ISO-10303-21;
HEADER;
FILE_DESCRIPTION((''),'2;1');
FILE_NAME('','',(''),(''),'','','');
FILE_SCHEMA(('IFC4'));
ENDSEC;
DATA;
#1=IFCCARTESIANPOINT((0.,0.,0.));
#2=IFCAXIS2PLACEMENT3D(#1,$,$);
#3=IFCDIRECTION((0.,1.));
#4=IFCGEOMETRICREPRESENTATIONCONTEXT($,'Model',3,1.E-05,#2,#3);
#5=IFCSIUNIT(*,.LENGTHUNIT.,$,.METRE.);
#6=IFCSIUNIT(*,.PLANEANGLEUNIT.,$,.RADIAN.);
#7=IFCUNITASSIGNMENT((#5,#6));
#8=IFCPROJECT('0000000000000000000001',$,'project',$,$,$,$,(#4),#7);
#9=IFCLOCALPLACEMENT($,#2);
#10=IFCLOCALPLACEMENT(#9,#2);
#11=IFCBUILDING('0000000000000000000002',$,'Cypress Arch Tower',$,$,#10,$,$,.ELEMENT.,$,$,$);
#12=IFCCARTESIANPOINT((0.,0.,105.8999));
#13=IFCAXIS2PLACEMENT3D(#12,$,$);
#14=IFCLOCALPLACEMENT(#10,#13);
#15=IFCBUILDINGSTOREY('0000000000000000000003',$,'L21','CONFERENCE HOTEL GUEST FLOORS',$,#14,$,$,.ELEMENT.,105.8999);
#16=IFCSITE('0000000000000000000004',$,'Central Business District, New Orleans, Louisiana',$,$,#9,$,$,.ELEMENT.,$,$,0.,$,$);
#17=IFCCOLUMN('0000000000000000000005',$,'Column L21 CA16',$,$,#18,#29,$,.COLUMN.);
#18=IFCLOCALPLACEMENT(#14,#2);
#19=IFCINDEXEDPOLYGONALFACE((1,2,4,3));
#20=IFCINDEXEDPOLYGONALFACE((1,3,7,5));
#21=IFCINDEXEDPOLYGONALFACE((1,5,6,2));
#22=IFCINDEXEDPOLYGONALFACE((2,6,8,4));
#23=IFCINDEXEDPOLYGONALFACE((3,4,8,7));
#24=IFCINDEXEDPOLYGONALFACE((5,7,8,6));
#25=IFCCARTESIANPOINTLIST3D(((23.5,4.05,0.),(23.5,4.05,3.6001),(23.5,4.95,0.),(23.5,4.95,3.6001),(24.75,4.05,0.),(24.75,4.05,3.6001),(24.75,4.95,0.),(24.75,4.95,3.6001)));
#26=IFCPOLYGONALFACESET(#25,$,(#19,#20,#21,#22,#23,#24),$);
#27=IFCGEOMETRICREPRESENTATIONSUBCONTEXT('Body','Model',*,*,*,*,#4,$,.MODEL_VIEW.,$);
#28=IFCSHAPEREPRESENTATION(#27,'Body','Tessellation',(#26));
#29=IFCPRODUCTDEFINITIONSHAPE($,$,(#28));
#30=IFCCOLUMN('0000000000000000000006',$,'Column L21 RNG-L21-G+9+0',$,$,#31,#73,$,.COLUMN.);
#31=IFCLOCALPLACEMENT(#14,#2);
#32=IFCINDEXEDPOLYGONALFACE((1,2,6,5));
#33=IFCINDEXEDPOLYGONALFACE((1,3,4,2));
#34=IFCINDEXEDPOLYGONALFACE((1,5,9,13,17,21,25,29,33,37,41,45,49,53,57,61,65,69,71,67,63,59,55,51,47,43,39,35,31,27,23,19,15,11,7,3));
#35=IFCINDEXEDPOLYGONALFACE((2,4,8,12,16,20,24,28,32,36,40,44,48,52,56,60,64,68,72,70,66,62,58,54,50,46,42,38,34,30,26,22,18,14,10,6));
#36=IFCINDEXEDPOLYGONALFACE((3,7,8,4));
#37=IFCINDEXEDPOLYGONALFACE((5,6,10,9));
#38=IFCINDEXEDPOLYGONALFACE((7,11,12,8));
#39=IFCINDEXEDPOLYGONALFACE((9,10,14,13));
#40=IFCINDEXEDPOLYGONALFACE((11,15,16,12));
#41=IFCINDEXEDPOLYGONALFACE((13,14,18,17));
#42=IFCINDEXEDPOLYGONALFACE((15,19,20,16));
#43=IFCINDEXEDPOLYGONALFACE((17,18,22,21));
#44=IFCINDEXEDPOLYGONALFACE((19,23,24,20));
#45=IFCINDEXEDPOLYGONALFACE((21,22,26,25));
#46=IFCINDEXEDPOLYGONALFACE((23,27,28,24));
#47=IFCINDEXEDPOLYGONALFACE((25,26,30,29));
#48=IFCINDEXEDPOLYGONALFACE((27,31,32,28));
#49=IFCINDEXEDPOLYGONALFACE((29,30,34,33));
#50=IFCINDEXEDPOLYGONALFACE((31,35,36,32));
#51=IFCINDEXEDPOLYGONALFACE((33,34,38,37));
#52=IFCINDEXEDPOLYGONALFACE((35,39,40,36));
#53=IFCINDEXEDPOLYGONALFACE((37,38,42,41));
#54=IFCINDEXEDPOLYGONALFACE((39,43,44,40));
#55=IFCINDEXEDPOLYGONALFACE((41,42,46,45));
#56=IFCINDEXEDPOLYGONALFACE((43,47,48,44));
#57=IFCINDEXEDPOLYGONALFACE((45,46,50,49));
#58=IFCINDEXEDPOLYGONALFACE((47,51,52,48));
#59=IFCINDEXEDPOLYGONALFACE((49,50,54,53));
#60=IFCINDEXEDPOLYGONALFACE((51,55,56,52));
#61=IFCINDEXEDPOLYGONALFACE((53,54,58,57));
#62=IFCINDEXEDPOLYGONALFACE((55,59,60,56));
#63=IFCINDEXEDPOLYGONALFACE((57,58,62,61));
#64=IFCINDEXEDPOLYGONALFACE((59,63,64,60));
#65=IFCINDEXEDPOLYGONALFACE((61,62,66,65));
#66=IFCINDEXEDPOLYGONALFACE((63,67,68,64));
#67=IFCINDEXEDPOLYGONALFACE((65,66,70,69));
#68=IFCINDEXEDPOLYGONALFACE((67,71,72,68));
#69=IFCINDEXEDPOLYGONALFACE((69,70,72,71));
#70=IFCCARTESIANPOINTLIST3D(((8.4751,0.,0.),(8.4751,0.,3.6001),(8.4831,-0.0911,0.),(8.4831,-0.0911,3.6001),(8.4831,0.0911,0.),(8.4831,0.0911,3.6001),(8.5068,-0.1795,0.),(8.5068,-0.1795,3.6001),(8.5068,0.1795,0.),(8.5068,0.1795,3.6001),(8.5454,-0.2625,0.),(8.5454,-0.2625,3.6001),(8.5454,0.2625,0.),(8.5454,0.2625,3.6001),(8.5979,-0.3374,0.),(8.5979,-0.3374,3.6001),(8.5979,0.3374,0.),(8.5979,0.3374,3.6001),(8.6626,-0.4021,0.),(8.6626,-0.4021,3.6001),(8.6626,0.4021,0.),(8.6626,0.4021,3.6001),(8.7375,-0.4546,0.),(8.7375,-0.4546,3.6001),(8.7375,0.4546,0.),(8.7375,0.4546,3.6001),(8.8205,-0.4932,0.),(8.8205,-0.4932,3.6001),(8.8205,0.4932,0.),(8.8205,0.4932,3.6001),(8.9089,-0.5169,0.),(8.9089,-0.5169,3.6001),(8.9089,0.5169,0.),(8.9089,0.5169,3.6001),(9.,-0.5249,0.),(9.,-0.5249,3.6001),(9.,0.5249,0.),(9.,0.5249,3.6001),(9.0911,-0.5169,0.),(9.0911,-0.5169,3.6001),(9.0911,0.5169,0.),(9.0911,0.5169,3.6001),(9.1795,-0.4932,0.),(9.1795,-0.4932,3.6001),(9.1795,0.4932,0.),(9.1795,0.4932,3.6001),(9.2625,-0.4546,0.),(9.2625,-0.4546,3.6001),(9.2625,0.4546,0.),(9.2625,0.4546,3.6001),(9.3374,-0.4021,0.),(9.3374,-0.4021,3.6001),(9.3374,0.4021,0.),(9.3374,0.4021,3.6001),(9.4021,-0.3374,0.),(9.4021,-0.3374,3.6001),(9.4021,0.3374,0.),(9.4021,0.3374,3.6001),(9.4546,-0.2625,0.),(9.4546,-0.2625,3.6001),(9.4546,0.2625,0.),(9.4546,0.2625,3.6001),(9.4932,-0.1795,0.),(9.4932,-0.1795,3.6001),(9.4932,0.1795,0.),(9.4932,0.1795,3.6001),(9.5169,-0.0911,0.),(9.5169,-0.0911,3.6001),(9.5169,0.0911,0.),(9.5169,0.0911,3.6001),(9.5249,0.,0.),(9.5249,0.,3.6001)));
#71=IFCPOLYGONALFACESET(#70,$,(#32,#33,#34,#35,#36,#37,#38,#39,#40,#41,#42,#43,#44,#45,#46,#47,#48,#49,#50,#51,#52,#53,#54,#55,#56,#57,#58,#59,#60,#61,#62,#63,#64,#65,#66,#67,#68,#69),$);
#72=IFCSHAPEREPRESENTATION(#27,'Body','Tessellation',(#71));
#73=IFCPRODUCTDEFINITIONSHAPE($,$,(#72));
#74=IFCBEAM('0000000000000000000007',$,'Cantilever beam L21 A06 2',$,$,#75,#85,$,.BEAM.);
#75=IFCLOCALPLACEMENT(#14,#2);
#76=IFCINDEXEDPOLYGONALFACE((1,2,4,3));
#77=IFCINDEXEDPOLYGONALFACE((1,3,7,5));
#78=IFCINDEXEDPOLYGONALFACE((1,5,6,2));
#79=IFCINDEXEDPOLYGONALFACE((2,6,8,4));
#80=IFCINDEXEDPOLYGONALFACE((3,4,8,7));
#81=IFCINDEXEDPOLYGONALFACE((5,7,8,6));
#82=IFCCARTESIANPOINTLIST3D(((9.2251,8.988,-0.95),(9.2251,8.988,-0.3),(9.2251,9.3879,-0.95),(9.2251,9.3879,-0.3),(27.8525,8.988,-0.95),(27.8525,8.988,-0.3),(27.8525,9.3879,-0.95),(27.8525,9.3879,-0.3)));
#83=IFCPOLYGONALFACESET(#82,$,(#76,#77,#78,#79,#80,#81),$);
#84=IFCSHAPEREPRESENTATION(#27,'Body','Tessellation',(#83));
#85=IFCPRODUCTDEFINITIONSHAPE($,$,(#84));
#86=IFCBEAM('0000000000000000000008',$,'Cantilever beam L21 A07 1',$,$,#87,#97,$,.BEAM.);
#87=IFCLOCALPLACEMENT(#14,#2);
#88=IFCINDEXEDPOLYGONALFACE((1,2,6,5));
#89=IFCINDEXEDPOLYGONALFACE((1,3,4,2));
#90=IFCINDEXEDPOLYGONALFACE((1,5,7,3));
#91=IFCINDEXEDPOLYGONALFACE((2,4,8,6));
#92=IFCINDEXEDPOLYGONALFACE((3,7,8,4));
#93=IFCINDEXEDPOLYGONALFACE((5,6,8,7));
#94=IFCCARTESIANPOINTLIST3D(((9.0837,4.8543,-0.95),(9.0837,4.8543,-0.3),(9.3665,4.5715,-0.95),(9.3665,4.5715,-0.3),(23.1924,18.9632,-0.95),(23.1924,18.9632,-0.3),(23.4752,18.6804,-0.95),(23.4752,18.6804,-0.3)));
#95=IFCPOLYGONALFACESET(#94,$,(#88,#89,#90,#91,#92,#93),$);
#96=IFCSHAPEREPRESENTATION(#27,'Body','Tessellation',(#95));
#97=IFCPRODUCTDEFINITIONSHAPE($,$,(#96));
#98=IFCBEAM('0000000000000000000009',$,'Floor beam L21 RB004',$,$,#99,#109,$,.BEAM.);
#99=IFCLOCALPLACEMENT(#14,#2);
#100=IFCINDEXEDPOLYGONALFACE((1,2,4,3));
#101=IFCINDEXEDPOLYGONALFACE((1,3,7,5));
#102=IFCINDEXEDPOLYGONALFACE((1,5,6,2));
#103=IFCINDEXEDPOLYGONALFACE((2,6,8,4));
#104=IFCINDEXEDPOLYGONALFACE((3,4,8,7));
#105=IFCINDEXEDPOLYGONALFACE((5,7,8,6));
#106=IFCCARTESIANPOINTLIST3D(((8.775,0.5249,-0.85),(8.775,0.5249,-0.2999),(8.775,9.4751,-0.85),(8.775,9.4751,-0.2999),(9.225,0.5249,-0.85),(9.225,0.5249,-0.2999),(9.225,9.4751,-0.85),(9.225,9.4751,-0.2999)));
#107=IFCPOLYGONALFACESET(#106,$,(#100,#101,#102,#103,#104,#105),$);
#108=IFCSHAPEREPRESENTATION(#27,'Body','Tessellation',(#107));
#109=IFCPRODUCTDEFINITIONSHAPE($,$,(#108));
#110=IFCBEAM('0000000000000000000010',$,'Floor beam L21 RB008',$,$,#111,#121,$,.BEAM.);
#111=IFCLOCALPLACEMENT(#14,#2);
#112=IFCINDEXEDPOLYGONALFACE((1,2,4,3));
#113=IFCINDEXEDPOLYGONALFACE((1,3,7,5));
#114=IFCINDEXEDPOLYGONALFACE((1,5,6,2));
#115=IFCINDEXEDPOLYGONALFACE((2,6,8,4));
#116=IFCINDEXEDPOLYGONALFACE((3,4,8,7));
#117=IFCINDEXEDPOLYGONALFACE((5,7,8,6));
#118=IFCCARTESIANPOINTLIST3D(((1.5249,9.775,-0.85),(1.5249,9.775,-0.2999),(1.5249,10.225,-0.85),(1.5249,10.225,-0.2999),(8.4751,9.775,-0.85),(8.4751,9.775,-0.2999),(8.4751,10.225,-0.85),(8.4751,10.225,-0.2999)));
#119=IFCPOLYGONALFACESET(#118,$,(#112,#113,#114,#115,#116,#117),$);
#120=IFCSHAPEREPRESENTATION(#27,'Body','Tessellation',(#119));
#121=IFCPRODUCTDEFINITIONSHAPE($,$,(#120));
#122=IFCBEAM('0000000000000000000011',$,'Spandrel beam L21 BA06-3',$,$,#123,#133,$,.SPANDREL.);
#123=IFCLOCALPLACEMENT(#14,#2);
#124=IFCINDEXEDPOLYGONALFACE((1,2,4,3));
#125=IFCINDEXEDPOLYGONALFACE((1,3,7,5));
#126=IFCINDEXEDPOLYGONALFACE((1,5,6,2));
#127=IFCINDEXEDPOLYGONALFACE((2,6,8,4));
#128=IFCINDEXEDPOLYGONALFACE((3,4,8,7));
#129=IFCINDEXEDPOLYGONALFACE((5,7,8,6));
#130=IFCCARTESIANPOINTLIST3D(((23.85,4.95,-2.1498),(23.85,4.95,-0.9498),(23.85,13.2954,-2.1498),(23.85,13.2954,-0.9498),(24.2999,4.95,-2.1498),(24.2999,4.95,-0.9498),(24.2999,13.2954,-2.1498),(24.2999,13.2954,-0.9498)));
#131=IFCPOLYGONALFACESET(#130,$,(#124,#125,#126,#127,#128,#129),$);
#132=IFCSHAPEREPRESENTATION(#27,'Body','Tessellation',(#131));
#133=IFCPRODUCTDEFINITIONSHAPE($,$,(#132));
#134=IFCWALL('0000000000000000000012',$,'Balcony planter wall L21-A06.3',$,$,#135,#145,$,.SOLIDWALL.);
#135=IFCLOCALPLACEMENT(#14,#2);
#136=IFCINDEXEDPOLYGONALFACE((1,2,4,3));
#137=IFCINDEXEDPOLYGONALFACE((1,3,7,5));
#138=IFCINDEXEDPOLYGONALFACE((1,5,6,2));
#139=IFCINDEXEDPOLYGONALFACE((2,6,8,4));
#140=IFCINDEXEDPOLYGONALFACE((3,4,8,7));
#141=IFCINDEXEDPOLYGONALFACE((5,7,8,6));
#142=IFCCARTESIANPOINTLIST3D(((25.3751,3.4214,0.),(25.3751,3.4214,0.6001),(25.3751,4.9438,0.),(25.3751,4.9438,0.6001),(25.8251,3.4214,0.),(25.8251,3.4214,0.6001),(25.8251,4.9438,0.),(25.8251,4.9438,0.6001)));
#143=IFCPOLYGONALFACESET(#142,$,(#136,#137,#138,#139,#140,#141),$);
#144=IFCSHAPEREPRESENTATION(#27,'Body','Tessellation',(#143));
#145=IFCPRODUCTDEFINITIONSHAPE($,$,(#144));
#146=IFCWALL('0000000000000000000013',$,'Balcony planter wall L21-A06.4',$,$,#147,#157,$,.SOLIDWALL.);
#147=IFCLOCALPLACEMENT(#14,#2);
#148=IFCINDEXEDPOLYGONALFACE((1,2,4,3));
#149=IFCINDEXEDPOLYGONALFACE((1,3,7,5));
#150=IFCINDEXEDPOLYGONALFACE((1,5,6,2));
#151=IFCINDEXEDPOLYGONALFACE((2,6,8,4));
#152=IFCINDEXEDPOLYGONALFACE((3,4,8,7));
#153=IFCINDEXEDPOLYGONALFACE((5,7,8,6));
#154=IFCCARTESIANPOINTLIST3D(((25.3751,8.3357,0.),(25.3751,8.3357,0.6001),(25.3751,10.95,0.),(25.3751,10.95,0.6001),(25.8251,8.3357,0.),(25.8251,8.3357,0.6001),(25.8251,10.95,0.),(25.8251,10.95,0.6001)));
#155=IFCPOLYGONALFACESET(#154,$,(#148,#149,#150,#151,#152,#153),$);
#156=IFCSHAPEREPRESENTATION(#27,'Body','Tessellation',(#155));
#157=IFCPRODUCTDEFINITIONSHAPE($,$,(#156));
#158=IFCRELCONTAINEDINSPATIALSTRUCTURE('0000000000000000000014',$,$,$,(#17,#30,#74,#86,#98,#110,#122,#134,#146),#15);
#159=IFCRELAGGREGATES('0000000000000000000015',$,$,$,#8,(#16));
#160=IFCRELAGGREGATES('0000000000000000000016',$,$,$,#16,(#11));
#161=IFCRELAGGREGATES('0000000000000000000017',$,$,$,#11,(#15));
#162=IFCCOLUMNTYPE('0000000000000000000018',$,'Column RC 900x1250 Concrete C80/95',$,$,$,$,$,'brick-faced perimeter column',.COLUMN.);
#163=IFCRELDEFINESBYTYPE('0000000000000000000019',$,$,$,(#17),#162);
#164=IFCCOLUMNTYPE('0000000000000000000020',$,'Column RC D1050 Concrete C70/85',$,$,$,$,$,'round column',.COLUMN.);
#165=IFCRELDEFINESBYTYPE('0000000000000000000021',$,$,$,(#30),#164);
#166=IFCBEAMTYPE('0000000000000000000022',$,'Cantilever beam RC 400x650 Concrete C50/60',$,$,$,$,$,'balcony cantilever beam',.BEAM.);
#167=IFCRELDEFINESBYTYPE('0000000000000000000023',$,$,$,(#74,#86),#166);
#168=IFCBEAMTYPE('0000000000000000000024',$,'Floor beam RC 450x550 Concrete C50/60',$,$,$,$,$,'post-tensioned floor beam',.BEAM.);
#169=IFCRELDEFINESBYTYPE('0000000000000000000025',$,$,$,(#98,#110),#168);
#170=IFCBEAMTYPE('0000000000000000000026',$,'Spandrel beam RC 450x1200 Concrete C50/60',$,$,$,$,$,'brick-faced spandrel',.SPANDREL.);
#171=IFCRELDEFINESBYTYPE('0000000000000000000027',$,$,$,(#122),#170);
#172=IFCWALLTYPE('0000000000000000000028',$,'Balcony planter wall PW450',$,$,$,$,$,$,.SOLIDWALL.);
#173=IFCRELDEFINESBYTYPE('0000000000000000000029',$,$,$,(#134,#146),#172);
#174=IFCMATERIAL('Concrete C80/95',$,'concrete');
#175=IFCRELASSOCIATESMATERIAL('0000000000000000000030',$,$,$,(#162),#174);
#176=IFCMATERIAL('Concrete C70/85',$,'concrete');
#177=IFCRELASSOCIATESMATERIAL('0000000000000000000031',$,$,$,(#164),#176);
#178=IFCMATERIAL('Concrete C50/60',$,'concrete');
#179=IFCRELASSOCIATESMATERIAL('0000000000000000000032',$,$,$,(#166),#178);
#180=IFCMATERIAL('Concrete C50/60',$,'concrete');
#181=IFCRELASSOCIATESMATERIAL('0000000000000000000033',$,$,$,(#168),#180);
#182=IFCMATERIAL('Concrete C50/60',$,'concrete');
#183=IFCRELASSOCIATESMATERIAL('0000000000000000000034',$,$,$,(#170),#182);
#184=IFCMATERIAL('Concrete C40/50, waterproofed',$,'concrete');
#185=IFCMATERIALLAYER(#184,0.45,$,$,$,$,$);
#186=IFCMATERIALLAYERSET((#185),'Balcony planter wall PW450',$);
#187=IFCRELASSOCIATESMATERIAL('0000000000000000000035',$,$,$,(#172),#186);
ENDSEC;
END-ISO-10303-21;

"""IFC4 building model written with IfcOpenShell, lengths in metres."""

from ifc_helpers import new_model, si_unit, direction, frame, frame_2d, origin, origin_2d, place, context, subcontext, project, spatial, rectangle, circle, extrude, material, layer, layer_set, material_profile, profile_set, type_object, element, save


model = new_model("IFC4")

# Units and contexts
model_context = context("Model", 3, precision=1e-05, world=origin(), true_north=direction((0.0, 1.0)))
body_context = subcontext(model_context, "Body", "Model", "MODEL_VIEW")
ifc_project = project(units=[si_unit("LENGTHUNIT", "METRE"), si_unit("PLANEANGLEUNIT", "RADIAN")], contexts=[model_context])

# Site, building, storey
site_placement = place(None, origin())
site = spatial("IfcSite", under=ifc_project, at=site_placement, Name="Central Business District, New Orleans, Louisiana", CompositionType="ELEMENT", RefElevation=0.0)
building_placement = place(site_placement, origin())
building = spatial("IfcBuilding", under=site, at=building_placement, Name="Cypress Arch Tower", CompositionType="ELEMENT")
storey_placement = place(building_placement, frame((0.0, 0.0, 105.8999)))
storey = spatial("IfcBuildingStorey", under=building, at=storey_placement, Name="L21", Description="CONFERENCE HOTEL GUEST FLOORS", CompositionType="ELEMENT", Elevation=105.8999)

# Columns
ifc_material_1 = material(Name="Concrete C80/95", Category="concrete")
ifc_material_profile_1 = material_profile(ifc_material_1, rectangle(XDim=0.8999, YDim=1.25, at=origin_2d()), Name="RC 900x1250")
ifc_profile_set_1 = profile_set([ifc_material_profile_1], Name="Concrete C80/95")
column_type_1 = type_object("IfcColumnType", Name="Column RC 900x1250 Concrete C80/95", ElementType="brick-faced perimeter column", PredefinedType="COLUMN", material=ifc_profile_set_1)
column_1_placement = place(storey_placement, frame((24.125, 4.5, 0.0), z_axis=(0.0, 0.0, 1.0), x_axis=(0.0, 1.0, 0.0)))
element("IfcColumn", 1, at=column_1_placement, inside=storey, type_object=column_type_1, Name="Column L21 CA16", PredefinedType="COLUMN", context=body_context, shape_type="SweptSolid", body=[
    extrude(rectangle(XDim=0.8999, YDim=1.25, at=origin_2d()), origin(), (0.0, 0.0, 1.0), 3.6001),
])
ifc_material_2 = material(Name="Concrete C70/85", Category="concrete")
ifc_material_profile_2 = material_profile(ifc_material_2, circle(Radius=0.5249, at=origin_2d()), Name="RC D1050")
ifc_profile_set_2 = profile_set([ifc_material_profile_2], Name="Concrete C70/85")
column_type_2 = type_object("IfcColumnType", Name="Column RC D1050 Concrete C70/85", ElementType="round column", PredefinedType="COLUMN", material=ifc_profile_set_2)
column_2_placement = place(storey_placement, frame((9.0, 0.0, 0.0), z_axis=(0.0, 0.0, 1.0), x_axis=(1.0, 0.0, 0.0)))
element("IfcColumn", 2, at=column_2_placement, inside=storey, type_object=column_type_2, Name="Column L21 RNG-L21-G+9+0", PredefinedType="COLUMN", context=body_context, shape_type="SweptSolid", body=[
    extrude(circle(Radius=0.5249, at=origin_2d()), origin(), (0.0, 0.0, 1.0), 3.6001),
])

# Beams
ifc_material_3 = material(Name="Concrete C50/60", Category="concrete")
ifc_material_profile_3 = material_profile(ifc_material_3, rectangle(XDim=0.3999, YDim=0.6499, at=origin_2d()), Name="RC 400x650")
ifc_profile_set_3 = profile_set([ifc_material_profile_3], Name="Concrete C50/60")
beam_type_1 = type_object("IfcBeamType", Name="Cantilever beam RC 400x650 Concrete C50/60", ElementType="balcony cantilever beam", PredefinedType="BEAM", material=ifc_profile_set_3)
beam_1_placement = place(storey_placement, frame((9.2251, 9.188, -0.625), z_axis=(1.0, 0.0, 0.0), x_axis=(0.0, 1.0, 0.0)))
element("IfcBeam", 3, at=beam_1_placement, inside=storey, type_object=beam_type_1, Name="Cantilever beam L21 A06 2", PredefinedType="BEAM", context=body_context, shape_type="SweptSolid", body=[
    extrude(rectangle(XDim=0.3999, YDim=0.6499, at=origin_2d()), origin(), (0.0, 0.0, 1.0), 18.6274),
])
beam_2_placement = place(storey_placement, frame((9.2251, 4.7129, -0.625), z_axis=(0.707101, 0.707113, 0.0), x_axis=(-0.707113, 0.707101, 0.0)))
element("IfcBeam", 4, at=beam_2_placement, inside=storey, type_object=beam_type_1, Name="Cantilever beam L21 A07 1", PredefinedType="BEAM", context=body_context, shape_type="SweptSolid", body=[
    extrude(rectangle(XDim=0.3999, YDim=0.6499, at=origin_2d()), origin(), (0.0, 0.0, 1.0), 19.9529),
])
ifc_material_4 = material(Name="Concrete C50/60", Category="concrete")
ifc_material_profile_4 = material_profile(ifc_material_4, rectangle(XDim=0.45, YDim=0.55, at=origin_2d()), Name="RC 450x550")
ifc_profile_set_4 = profile_set([ifc_material_profile_4], Name="Concrete C50/60")
beam_type_2 = type_object("IfcBeamType", Name="Floor beam RC 450x550 Concrete C50/60", ElementType="post-tensioned floor beam", PredefinedType="BEAM", material=ifc_profile_set_4)
beam_3_placement = place(storey_placement, frame((9.0, 0.5249, -0.575), z_axis=(0.0, 1.0, 0.0), x_axis=(-1.0, 0.0, 0.0)))
element("IfcBeam", 5, at=beam_3_placement, inside=storey, type_object=beam_type_2, Name="Floor beam L21 RB004", PredefinedType="BEAM", context=body_context, shape_type="SweptSolid", body=[
    extrude(rectangle(XDim=0.45, YDim=0.55, at=origin_2d()), origin(), (0.0, 0.0, 1.0), 8.9502),
])
beam_4_placement = place(storey_placement, frame((1.5249, 10.0, -0.575), z_axis=(1.0, 0.0, 0.0), x_axis=(0.0, 1.0, 0.0)))
element("IfcBeam", 6, at=beam_4_placement, inside=storey, type_object=beam_type_2, Name="Floor beam L21 RB008", PredefinedType="BEAM", context=body_context, shape_type="SweptSolid", body=[
    extrude(rectangle(XDim=0.45, YDim=0.55, at=origin_2d()), origin(), (0.0, 0.0, 1.0), 6.9502),
])
ifc_material_5 = material(Name="Concrete C50/60", Category="concrete")
ifc_material_profile_5 = material_profile(ifc_material_5, rectangle(XDim=0.45, YDim=1.2, at=origin_2d()), Name="RC 450x1200")
ifc_profile_set_5 = profile_set([ifc_material_profile_5], Name="Concrete C50/60")
beam_type_3 = type_object("IfcBeamType", Name="Spandrel beam RC 450x1200 Concrete C50/60", ElementType="brick-faced spandrel", PredefinedType="SPANDREL", material=ifc_profile_set_5)
beam_5_placement = place(storey_placement, frame((24.075, 4.95, -1.5498), z_axis=(0.0, 1.0, 0.0), x_axis=(-1.0, 0.0, 0.0)))
element("IfcBeam", 7, at=beam_5_placement, inside=storey, type_object=beam_type_3, Name="Spandrel beam L21 BA06-3", PredefinedType="SPANDREL", context=body_context, shape_type="SweptSolid", body=[
    extrude(rectangle(XDim=0.45, YDim=1.2, at=origin_2d()), origin(), (0.0, 0.0, 1.0), 8.3455),
])

# Walls
ifc_material_6 = material(Name="Concrete C40/50, waterproofed", Category="concrete")
ifc_layer_1 = layer(ifc_material_6, 0.45)
ifc_layer_set_1 = layer_set([ifc_layer_1], Name="Balcony planter wall PW450")
wall_type_1 = type_object("IfcWallType", Name="Balcony planter wall PW450", PredefinedType="SOLIDWALL", material=ifc_layer_set_1)
wall_1_placement = place(storey_placement, frame((25.6001, 3.4214, 0.0), z_axis=(0.0, 0.0, 1.0), x_axis=(0.0, 1.0, 0.0)))
element("IfcWall", 8, at=wall_1_placement, inside=storey, type_object=wall_type_1, Name="Balcony planter wall L21-A06.3", PredefinedType="SOLIDWALL", context=body_context, shape_type="SweptSolid", body=[
    extrude(rectangle(XDim=1.5225, YDim=0.45, at=frame_2d((0.7612, 0.0))), origin(), (0.0, 0.0, 1.0), 0.6001),
])
wall_2_placement = place(storey_placement, frame((25.6001, 8.3357, 0.0), z_axis=(0.0, 0.0, 1.0), x_axis=(0.0, 1.0, 0.0)))
element("IfcWall", 9, at=wall_2_placement, inside=storey, type_object=wall_type_1, Name="Balcony planter wall L21-A06.4", PredefinedType="SOLIDWALL", context=body_context, shape_type="SweptSolid", body=[
    extrude(rectangle(XDim=2.6143, YDim=0.45, at=frame_2d((1.3071, 0.0))), origin(), (0.0, 0.0, 1.0), 0.6001),
])

save(model, "model.ifc")
